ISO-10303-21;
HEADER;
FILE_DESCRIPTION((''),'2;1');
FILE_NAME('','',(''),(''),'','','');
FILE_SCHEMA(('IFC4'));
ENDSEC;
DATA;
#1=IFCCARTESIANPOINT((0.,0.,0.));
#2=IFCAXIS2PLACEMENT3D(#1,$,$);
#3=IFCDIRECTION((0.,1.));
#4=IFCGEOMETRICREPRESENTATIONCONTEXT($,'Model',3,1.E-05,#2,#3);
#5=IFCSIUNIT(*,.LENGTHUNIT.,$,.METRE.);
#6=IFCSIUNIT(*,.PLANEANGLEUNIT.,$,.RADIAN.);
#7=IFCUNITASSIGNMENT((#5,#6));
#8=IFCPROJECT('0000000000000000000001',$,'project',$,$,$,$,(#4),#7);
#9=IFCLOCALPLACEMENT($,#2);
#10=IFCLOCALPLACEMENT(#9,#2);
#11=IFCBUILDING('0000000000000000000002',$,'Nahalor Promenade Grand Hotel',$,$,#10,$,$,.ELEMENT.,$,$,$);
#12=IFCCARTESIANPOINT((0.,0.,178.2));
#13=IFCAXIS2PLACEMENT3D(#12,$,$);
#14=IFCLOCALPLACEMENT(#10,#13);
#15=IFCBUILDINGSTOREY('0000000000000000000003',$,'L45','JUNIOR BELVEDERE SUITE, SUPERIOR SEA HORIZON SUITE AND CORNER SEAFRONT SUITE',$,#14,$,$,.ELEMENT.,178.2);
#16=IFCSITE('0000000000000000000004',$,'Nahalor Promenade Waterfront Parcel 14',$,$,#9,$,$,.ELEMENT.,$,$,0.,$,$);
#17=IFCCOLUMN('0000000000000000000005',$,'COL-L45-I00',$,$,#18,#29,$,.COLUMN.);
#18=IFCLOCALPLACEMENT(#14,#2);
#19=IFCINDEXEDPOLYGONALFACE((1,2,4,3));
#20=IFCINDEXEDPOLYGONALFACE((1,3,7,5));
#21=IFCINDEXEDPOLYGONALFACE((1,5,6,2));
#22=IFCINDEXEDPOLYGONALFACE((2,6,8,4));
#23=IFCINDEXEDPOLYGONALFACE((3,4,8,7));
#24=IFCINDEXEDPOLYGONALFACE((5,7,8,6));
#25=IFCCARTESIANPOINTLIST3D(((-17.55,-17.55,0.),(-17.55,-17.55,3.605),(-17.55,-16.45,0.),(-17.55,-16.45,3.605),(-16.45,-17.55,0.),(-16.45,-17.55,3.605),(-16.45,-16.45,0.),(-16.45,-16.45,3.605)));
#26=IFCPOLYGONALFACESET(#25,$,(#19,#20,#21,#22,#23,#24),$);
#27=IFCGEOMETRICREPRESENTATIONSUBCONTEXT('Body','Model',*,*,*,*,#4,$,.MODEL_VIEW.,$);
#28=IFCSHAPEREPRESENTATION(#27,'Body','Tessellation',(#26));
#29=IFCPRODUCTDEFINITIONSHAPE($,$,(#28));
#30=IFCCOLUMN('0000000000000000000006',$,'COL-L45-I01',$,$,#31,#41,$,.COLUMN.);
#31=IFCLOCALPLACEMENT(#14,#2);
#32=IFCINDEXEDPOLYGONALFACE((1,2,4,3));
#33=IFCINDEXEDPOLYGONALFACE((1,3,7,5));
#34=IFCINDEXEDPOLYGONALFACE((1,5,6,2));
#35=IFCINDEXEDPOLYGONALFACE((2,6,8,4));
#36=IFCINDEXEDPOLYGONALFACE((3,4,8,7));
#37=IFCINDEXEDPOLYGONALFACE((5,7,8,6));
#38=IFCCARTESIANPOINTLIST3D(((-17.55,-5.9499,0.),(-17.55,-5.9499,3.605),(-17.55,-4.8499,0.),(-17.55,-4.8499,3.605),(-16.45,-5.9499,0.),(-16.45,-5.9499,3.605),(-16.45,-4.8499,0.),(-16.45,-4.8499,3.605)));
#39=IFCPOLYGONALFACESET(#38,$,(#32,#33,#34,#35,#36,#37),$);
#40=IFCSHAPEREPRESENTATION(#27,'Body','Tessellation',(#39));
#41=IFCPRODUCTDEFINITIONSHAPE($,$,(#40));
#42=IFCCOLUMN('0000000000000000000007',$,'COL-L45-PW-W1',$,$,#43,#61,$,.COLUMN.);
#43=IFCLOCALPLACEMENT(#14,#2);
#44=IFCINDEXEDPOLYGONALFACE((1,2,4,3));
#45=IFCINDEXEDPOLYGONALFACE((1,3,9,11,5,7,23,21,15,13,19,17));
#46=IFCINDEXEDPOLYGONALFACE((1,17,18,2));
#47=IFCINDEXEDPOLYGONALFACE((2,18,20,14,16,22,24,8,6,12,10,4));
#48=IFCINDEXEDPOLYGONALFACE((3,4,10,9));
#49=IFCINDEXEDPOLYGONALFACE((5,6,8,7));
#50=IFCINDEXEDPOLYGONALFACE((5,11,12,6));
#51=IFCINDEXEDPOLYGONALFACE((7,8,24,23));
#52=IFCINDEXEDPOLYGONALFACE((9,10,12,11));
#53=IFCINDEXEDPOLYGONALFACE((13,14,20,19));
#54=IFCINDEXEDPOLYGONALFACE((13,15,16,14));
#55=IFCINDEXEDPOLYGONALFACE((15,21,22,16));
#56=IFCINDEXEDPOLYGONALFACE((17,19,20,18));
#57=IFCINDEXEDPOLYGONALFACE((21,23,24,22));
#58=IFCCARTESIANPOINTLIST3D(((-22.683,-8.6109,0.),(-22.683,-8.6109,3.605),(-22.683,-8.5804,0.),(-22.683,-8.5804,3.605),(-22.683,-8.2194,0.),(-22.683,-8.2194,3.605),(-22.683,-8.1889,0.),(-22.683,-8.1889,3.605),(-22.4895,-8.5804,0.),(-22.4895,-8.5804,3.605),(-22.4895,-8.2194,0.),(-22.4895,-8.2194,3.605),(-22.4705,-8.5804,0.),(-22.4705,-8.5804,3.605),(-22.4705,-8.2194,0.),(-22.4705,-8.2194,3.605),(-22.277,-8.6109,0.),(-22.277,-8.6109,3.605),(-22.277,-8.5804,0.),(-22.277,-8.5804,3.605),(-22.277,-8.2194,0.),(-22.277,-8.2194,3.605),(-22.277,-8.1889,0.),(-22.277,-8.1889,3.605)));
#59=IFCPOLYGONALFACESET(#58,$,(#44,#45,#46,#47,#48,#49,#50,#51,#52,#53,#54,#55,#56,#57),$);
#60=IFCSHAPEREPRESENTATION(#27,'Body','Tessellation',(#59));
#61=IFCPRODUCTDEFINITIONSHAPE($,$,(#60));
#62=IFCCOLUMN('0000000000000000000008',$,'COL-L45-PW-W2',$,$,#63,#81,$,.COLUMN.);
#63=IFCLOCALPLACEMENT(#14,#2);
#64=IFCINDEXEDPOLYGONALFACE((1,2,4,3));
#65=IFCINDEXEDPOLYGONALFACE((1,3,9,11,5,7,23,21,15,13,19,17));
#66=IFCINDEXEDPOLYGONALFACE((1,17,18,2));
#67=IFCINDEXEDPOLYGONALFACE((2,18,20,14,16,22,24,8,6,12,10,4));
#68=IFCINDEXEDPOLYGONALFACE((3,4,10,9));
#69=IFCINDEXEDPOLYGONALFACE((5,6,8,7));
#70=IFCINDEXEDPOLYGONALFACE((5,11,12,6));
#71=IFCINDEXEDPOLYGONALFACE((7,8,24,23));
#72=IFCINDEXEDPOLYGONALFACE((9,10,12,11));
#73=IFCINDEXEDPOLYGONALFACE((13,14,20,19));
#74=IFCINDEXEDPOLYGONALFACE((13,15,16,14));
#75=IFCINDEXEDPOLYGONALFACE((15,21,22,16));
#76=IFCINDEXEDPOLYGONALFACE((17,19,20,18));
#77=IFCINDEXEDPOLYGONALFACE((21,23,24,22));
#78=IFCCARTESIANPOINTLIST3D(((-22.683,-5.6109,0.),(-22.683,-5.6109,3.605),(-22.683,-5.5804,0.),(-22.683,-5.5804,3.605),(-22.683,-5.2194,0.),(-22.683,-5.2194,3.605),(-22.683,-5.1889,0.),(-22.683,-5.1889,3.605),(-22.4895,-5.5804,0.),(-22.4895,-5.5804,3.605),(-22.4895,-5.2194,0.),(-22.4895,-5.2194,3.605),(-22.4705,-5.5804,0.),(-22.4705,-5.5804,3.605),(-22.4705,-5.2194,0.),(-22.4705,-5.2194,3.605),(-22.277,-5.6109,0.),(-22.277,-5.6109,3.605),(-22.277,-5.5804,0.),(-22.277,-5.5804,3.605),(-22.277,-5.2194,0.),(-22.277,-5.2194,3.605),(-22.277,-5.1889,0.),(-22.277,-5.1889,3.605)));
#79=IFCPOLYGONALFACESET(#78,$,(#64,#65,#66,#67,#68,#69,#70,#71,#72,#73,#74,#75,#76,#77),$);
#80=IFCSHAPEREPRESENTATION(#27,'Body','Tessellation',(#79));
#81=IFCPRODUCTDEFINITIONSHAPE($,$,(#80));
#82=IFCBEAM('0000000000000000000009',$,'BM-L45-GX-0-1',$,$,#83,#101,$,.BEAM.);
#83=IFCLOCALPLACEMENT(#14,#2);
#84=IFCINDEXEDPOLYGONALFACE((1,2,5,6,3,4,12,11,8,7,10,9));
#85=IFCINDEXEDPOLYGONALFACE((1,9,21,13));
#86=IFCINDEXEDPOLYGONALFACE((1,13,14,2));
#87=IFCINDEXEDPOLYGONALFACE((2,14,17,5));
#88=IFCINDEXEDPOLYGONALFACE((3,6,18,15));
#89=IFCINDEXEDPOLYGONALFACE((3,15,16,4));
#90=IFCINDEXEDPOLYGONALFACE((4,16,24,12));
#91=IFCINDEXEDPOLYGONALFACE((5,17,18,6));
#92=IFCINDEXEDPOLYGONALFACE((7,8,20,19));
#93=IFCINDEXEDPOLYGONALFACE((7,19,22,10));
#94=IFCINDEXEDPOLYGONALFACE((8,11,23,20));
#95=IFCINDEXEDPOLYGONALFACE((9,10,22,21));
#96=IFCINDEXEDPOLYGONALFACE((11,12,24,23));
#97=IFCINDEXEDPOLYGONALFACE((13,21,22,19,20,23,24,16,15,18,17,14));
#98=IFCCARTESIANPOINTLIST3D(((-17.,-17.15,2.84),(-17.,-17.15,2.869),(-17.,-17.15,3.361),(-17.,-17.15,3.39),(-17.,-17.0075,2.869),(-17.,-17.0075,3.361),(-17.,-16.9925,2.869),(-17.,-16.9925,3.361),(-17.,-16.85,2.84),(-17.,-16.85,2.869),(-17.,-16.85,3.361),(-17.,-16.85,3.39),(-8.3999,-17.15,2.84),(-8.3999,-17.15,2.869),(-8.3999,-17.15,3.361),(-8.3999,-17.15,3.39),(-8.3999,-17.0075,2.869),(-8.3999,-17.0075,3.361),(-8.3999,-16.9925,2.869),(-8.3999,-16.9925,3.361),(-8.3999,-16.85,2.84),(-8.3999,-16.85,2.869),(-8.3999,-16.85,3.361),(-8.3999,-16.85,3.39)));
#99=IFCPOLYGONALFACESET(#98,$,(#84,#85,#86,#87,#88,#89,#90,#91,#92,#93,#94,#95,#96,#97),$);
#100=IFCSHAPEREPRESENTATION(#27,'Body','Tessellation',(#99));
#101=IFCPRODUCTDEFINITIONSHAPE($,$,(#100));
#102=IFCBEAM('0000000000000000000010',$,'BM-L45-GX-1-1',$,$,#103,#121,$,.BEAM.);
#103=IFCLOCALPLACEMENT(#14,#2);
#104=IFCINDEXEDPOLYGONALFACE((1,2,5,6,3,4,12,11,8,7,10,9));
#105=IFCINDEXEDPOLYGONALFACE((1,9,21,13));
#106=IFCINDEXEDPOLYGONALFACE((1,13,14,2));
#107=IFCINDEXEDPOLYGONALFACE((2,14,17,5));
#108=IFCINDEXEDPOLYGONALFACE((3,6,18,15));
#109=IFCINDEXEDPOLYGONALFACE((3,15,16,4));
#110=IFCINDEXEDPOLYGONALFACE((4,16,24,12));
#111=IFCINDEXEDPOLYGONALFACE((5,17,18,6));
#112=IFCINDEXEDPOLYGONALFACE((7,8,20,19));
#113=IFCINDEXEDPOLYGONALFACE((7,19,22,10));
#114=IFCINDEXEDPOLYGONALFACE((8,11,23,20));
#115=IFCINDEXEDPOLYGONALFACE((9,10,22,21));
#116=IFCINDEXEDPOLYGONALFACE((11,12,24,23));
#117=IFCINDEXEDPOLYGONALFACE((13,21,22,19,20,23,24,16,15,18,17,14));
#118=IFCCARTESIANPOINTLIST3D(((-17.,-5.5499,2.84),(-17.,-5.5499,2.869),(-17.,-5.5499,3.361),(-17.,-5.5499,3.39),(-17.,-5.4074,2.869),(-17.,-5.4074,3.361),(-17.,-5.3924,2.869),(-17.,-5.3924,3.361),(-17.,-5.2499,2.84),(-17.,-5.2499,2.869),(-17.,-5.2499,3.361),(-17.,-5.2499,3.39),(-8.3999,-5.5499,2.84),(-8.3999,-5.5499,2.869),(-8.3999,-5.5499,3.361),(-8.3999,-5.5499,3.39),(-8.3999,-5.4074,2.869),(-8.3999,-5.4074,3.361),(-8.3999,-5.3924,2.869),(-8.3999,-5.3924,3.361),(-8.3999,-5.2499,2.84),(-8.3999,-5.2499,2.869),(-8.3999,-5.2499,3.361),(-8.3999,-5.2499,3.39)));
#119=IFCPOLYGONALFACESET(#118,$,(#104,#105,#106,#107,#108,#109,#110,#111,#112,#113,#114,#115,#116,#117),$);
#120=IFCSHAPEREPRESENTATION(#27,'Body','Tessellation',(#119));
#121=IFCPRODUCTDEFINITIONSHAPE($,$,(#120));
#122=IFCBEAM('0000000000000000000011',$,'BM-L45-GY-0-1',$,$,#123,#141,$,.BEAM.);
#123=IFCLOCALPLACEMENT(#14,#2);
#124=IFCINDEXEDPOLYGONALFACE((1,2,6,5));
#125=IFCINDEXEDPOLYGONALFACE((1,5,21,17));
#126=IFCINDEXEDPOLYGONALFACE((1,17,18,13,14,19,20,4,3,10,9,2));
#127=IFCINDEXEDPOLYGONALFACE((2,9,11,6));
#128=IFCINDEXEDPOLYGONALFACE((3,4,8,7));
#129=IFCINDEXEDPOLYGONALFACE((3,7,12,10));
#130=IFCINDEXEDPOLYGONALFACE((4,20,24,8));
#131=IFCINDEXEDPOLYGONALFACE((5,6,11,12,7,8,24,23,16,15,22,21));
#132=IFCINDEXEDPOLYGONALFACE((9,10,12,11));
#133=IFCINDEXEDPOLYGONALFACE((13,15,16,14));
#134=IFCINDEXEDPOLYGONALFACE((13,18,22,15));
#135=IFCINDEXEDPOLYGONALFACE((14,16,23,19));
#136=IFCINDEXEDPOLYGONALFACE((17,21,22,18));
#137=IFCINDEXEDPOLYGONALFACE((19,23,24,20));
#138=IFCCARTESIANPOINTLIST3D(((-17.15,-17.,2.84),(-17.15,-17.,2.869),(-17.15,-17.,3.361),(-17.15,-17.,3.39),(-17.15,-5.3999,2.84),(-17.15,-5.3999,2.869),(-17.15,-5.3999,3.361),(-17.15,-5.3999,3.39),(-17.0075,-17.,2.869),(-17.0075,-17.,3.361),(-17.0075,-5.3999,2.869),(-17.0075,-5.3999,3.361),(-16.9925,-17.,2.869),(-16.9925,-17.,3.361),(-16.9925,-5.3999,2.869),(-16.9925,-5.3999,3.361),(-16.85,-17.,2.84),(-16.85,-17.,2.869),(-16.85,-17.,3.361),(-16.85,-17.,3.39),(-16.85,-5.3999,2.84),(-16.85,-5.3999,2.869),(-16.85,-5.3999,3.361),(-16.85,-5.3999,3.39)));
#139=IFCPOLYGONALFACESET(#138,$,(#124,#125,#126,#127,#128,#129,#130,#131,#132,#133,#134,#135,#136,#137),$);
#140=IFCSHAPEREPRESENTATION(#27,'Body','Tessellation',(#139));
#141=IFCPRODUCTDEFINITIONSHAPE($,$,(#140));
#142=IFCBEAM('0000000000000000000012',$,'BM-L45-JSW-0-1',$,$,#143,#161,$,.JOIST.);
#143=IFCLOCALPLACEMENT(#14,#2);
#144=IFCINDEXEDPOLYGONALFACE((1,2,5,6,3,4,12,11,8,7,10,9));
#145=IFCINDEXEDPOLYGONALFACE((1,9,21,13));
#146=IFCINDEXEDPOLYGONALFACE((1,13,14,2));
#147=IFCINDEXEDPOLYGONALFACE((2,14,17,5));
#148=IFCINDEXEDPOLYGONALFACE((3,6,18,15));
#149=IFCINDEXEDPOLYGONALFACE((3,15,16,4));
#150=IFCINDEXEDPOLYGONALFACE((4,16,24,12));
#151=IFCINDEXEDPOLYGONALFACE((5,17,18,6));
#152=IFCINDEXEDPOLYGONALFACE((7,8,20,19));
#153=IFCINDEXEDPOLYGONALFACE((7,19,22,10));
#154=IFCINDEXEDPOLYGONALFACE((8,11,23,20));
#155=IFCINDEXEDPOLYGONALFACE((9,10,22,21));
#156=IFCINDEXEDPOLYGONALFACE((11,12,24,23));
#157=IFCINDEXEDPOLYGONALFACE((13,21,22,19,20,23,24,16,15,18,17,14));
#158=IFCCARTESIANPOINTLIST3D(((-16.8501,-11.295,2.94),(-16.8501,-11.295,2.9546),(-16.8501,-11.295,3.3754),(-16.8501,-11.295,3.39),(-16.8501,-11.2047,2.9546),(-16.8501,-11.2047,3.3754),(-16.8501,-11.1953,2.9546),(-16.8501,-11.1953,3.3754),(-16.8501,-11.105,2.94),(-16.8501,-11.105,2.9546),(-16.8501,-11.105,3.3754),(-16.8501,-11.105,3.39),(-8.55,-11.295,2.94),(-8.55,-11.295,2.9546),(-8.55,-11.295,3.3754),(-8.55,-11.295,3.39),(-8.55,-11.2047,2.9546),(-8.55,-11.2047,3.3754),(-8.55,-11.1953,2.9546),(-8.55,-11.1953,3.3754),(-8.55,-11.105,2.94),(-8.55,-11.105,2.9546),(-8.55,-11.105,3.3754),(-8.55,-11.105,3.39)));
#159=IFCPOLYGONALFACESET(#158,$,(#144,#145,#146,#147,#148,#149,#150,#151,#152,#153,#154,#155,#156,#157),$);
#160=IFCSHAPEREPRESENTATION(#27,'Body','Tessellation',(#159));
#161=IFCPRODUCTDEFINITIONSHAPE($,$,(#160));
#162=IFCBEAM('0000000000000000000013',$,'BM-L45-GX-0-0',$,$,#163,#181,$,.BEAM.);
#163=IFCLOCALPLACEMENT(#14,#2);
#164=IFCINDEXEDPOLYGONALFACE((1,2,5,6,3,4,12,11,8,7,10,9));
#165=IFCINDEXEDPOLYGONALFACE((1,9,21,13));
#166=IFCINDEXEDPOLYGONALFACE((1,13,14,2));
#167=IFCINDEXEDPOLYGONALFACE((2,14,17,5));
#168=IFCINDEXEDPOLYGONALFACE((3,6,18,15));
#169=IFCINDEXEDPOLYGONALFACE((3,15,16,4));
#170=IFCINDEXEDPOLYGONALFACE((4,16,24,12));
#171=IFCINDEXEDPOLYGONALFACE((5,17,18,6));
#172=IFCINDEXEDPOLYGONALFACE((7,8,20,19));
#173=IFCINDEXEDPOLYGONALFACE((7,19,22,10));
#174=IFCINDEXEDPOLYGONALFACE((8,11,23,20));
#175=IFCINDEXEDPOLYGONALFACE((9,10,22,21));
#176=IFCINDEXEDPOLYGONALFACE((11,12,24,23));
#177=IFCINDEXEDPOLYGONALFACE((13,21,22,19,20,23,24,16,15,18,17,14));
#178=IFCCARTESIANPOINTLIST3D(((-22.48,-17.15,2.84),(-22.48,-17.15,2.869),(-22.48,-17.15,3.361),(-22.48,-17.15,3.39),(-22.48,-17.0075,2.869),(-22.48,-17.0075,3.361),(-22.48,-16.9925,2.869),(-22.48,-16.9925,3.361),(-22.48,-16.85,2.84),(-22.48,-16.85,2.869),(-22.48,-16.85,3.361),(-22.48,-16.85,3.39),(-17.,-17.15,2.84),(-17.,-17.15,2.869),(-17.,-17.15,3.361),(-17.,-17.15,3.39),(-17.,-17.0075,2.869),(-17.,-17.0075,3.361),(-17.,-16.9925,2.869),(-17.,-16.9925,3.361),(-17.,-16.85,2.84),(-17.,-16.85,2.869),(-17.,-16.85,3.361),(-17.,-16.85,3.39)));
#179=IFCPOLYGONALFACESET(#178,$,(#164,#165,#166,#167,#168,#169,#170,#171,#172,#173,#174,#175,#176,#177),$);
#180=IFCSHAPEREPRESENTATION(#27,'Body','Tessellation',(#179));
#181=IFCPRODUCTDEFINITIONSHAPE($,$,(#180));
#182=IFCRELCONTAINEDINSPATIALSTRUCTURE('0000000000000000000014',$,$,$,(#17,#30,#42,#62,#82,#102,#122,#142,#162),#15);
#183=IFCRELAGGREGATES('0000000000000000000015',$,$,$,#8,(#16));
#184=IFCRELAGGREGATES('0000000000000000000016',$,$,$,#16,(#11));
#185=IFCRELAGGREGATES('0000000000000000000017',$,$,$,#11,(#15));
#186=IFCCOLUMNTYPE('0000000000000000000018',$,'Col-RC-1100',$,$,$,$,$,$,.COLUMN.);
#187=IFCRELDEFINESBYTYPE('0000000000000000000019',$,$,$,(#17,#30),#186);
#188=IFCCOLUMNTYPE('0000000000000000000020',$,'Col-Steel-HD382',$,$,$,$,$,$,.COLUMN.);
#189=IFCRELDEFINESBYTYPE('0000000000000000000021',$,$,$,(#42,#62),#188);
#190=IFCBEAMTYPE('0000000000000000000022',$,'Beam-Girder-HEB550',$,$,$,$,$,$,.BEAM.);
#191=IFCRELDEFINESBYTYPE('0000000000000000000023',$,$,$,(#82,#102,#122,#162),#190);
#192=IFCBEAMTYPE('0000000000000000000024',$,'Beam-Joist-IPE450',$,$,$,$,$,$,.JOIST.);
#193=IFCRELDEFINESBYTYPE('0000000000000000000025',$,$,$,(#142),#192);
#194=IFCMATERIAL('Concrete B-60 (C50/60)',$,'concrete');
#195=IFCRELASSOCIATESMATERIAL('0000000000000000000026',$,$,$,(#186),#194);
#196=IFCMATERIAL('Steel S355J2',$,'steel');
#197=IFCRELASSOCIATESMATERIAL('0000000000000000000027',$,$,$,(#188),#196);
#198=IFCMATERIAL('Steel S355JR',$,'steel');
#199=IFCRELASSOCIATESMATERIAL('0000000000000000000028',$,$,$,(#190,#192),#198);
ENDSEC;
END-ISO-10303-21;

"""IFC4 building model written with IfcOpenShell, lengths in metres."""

from ifc_helpers import new_model, si_unit, direction, frame, origin, origin_2d, place, context, subcontext, project, spatial, rectangle, i_section, extrude, source, transform, mapped, material, material_profile, profile_set, type_object, element, save


model = new_model("IFC4")

# Units and contexts
model_context = context("Model", 3, precision=1e-05, world=origin(), true_north=direction((0.0, 1.0)))
body_context = subcontext(model_context, "Body", "Model", "MODEL_VIEW")
ifc_project = project(units=[si_unit("LENGTHUNIT", "METRE"), si_unit("PLANEANGLEUNIT", "RADIAN")], contexts=[model_context])

# Site, building, storey
site_placement = place(None, origin())
site = spatial("IfcSite", under=ifc_project, at=site_placement, Name="Nahalor Promenade Waterfront Parcel 14", CompositionType="ELEMENT", RefElevation=0.0)
building_placement = place(site_placement, origin())
building = spatial("IfcBuilding", under=site, at=building_placement, Name="Nahalor Promenade Grand Hotel", CompositionType="ELEMENT")
storey_placement = place(building_placement, frame((0.0, 0.0, 178.2)))
storey = spatial("IfcBuildingStorey", under=building, at=storey_placement, Name="L45", Description="JUNIOR BELVEDERE SUITE, SUPERIOR SEA HORIZON SUITE AND CORNER SEAFRONT SUITE", CompositionType="ELEMENT", Elevation=178.2)

# Columns
ifc_material_1 = material(Name="Concrete B-60 (C50/60)", Category="concrete")
ifc_material_profile_1 = material_profile(ifc_material_1, rectangle(XDim=1.1, YDim=1.1, at=origin_2d()), Name="RC 1100x1100")
ifc_profile_set_1 = profile_set([ifc_material_profile_1], Name="Concrete B-60 (C50/60)")
column_type_1 = type_object("IfcColumnType", Name="Col-RC-1100", PredefinedType="COLUMN", material=ifc_profile_set_1)
shared_shape_1 = source(origin(), body_context, "Body", "SweptSolid", [
    extrude(rectangle(XDim=1.1, YDim=1.1, at=origin_2d()), origin(), (0.0, 0.0, 1.0), 3.605),
])
for number, where, z_axis, x_axis, name in (
    (1, (-17.0, -17.0, 0.0), (0.0, 0.0, 1.0), (1.0, 0.0, 0.0), "COL-L45-I00"),
    (2, (-17.0, -5.3999, 0.0), (0.0, 0.0, 1.0), (1.0, 0.0, 0.0), "COL-L45-I01"),
):
    element("IfcColumn", number, at=place(storey_placement, frame(where, z_axis=z_axis, x_axis=x_axis)), inside=storey, type_object=column_type_1, Name=name, PredefinedType="COLUMN", context=body_context, shape_type="MappedRepresentation", body=[
        mapped(shared_shape_1, transform((0.0, 0.0, 0.0), scale=1.0)),
    ])
ifc_material_2 = material(Name="Steel S355J2", Category="steel")
ifc_material_profile_2 = material_profile(ifc_material_2, i_section(OverallWidth=0.406, OverallDepth=0.422, WebThickness=0.019, FlangeThickness=0.0305, at=origin_2d()), Name="HD 400x382")
ifc_profile_set_2 = profile_set([ifc_material_profile_2], Name="Steel S355J2")
column_type_2 = type_object("IfcColumnType", Name="Col-Steel-HD382", PredefinedType="COLUMN", material=ifc_profile_set_2)
shared_shape_2 = source(origin(), body_context, "Body", "SweptSolid", [
    extrude(i_section(OverallWidth=0.406, OverallDepth=0.422, WebThickness=0.019, FlangeThickness=0.0305, at=origin_2d()), origin(), (0.0, 0.0, 1.0), 3.605),
])
for number, where, z_axis, x_axis, name in (
    (3, (-22.48, -8.3999, 0.0), (0.0, 0.0, 1.0), (1.0, 0.0, 0.0), "COL-L45-PW-W1"),
    (4, (-22.48, -5.3999, 0.0), (0.0, 0.0, 1.0), (1.0, 0.0, 0.0), "COL-L45-PW-W2"),
):
    element("IfcColumn", number, at=place(storey_placement, frame(where, z_axis=z_axis, x_axis=x_axis)), inside=storey, type_object=column_type_2, Name=name, PredefinedType="COLUMN", context=body_context, shape_type="MappedRepresentation", body=[
        mapped(shared_shape_2, transform((0.0, 0.0, 0.0), scale=1.0)),
    ])

# Beams
ifc_material_3 = material(Name="Steel S355JR", Category="steel")
ifc_material_profile_3 = material_profile(ifc_material_3, i_section(OverallWidth=0.3, OverallDepth=0.55, WebThickness=0.015, FlangeThickness=0.029, at=origin_2d()), Name="HEB 550")
ifc_profile_set_3 = profile_set([ifc_material_profile_3], Name="Steel S355JR")
beam_type_1 = type_object("IfcBeamType", Name="Beam-Girder-HEB550", PredefinedType="BEAM", material=ifc_profile_set_3)
shared_shape_3 = source(origin(), body_context, "Body", "SweptSolid", [
    extrude(i_section(OverallWidth=0.3, OverallDepth=0.55, WebThickness=0.015, FlangeThickness=0.029, at=origin_2d()), origin(), (0.0, 0.0, 1.0), 8.6001),
])
for number, where, z_axis, x_axis, name in (
    (5, (-17.0, -17.0, 3.115), (1.0, 0.0, 0.0), (0.0, 1.0, 0.0), "BM-L45-GX-0-1"),
    (6, (-17.0, -5.3999, 3.115), (1.0, 0.0, 0.0), (0.0, 1.0, 0.0), "BM-L45-GX-1-1"),
):
    element("IfcBeam", number, at=place(storey_placement, frame(where, z_axis=z_axis, x_axis=x_axis)), inside=storey, type_object=beam_type_1, Name=name, PredefinedType="BEAM", context=body_context, shape_type="MappedRepresentation", body=[
        mapped(shared_shape_3, transform((0.0, 0.0, 0.0), scale=1.0)),
    ])
shared_shape_4 = source(origin(), body_context, "Body", "SweptSolid", [
    extrude(i_section(OverallWidth=0.3, OverallDepth=0.55, WebThickness=0.015, FlangeThickness=0.029, at=origin_2d()), origin(), (0.0, 0.0, 1.0), 11.6001),
])
beam_1_placement = place(storey_placement, frame((-17.0, -17.0, 3.115), z_axis=(0.0, 1.0, 0.0), x_axis=(-1.0, 0.0, 0.0)))
element("IfcBeam", 7, at=beam_1_placement, inside=storey, type_object=beam_type_1, Name="BM-L45-GY-0-1", PredefinedType="BEAM", context=body_context, shape_type="MappedRepresentation", body=[
    mapped(shared_shape_4, transform((0.0, 0.0, 0.0), scale=1.0)),
])
ifc_material_profile_4 = material_profile(ifc_material_3, i_section(OverallWidth=0.19, OverallDepth=0.45, WebThickness=0.0094, FlangeThickness=0.0146, at=origin_2d()), Name="IPE 450")
ifc_profile_set_4 = profile_set([ifc_material_profile_4], Name="Steel S355JR")
beam_type_2 = type_object("IfcBeamType", Name="Beam-Joist-IPE450", PredefinedType="JOIST", material=ifc_profile_set_4)
shared_shape_5 = source(origin(), body_context, "Body", "SweptSolid", [
    extrude(i_section(OverallWidth=0.19, OverallDepth=0.45, WebThickness=0.0094, FlangeThickness=0.0146, at=origin_2d()), origin(), (0.0, 0.0, 1.0), 8.3),
])
beam_2_placement = place(storey_placement, frame((-16.8501, -11.2, 3.165), z_axis=(1.0, 0.0, 0.0), x_axis=(0.0, 1.0, 0.0)))
element("IfcBeam", 8, at=beam_2_placement, inside=storey, type_object=beam_type_2, Name="BM-L45-JSW-0-1", PredefinedType="JOIST", context=body_context, shape_type="MappedRepresentation", body=[
    mapped(shared_shape_5, transform((0.0, 0.0, 0.0), scale=1.0)),
])
shared_shape_6 = source(origin(), body_context, "Body", "SweptSolid", [
    extrude(i_section(OverallWidth=0.3, OverallDepth=0.55, WebThickness=0.015, FlangeThickness=0.029, at=origin_2d()), origin(), (0.0, 0.0, 1.0), 5.48),
])
for number, where, z_axis, x_axis, name in (
    (9, (-22.48, -17.0, 3.115), (1.0, 0.0, 0.0), (0.0, 1.0, 0.0), "BM-L45-GX-0-0"),
):
    element("IfcBeam", number, at=place(storey_placement, frame(where, z_axis=z_axis, x_axis=x_axis)), inside=storey, type_object=beam_type_1, Name=name, PredefinedType="BEAM", context=body_context, shape_type="MappedRepresentation", body=[
        mapped(shared_shape_6, transform((0.0, 0.0, 0.0), scale=1.0)),
    ])

save(model, "model.ifc")
